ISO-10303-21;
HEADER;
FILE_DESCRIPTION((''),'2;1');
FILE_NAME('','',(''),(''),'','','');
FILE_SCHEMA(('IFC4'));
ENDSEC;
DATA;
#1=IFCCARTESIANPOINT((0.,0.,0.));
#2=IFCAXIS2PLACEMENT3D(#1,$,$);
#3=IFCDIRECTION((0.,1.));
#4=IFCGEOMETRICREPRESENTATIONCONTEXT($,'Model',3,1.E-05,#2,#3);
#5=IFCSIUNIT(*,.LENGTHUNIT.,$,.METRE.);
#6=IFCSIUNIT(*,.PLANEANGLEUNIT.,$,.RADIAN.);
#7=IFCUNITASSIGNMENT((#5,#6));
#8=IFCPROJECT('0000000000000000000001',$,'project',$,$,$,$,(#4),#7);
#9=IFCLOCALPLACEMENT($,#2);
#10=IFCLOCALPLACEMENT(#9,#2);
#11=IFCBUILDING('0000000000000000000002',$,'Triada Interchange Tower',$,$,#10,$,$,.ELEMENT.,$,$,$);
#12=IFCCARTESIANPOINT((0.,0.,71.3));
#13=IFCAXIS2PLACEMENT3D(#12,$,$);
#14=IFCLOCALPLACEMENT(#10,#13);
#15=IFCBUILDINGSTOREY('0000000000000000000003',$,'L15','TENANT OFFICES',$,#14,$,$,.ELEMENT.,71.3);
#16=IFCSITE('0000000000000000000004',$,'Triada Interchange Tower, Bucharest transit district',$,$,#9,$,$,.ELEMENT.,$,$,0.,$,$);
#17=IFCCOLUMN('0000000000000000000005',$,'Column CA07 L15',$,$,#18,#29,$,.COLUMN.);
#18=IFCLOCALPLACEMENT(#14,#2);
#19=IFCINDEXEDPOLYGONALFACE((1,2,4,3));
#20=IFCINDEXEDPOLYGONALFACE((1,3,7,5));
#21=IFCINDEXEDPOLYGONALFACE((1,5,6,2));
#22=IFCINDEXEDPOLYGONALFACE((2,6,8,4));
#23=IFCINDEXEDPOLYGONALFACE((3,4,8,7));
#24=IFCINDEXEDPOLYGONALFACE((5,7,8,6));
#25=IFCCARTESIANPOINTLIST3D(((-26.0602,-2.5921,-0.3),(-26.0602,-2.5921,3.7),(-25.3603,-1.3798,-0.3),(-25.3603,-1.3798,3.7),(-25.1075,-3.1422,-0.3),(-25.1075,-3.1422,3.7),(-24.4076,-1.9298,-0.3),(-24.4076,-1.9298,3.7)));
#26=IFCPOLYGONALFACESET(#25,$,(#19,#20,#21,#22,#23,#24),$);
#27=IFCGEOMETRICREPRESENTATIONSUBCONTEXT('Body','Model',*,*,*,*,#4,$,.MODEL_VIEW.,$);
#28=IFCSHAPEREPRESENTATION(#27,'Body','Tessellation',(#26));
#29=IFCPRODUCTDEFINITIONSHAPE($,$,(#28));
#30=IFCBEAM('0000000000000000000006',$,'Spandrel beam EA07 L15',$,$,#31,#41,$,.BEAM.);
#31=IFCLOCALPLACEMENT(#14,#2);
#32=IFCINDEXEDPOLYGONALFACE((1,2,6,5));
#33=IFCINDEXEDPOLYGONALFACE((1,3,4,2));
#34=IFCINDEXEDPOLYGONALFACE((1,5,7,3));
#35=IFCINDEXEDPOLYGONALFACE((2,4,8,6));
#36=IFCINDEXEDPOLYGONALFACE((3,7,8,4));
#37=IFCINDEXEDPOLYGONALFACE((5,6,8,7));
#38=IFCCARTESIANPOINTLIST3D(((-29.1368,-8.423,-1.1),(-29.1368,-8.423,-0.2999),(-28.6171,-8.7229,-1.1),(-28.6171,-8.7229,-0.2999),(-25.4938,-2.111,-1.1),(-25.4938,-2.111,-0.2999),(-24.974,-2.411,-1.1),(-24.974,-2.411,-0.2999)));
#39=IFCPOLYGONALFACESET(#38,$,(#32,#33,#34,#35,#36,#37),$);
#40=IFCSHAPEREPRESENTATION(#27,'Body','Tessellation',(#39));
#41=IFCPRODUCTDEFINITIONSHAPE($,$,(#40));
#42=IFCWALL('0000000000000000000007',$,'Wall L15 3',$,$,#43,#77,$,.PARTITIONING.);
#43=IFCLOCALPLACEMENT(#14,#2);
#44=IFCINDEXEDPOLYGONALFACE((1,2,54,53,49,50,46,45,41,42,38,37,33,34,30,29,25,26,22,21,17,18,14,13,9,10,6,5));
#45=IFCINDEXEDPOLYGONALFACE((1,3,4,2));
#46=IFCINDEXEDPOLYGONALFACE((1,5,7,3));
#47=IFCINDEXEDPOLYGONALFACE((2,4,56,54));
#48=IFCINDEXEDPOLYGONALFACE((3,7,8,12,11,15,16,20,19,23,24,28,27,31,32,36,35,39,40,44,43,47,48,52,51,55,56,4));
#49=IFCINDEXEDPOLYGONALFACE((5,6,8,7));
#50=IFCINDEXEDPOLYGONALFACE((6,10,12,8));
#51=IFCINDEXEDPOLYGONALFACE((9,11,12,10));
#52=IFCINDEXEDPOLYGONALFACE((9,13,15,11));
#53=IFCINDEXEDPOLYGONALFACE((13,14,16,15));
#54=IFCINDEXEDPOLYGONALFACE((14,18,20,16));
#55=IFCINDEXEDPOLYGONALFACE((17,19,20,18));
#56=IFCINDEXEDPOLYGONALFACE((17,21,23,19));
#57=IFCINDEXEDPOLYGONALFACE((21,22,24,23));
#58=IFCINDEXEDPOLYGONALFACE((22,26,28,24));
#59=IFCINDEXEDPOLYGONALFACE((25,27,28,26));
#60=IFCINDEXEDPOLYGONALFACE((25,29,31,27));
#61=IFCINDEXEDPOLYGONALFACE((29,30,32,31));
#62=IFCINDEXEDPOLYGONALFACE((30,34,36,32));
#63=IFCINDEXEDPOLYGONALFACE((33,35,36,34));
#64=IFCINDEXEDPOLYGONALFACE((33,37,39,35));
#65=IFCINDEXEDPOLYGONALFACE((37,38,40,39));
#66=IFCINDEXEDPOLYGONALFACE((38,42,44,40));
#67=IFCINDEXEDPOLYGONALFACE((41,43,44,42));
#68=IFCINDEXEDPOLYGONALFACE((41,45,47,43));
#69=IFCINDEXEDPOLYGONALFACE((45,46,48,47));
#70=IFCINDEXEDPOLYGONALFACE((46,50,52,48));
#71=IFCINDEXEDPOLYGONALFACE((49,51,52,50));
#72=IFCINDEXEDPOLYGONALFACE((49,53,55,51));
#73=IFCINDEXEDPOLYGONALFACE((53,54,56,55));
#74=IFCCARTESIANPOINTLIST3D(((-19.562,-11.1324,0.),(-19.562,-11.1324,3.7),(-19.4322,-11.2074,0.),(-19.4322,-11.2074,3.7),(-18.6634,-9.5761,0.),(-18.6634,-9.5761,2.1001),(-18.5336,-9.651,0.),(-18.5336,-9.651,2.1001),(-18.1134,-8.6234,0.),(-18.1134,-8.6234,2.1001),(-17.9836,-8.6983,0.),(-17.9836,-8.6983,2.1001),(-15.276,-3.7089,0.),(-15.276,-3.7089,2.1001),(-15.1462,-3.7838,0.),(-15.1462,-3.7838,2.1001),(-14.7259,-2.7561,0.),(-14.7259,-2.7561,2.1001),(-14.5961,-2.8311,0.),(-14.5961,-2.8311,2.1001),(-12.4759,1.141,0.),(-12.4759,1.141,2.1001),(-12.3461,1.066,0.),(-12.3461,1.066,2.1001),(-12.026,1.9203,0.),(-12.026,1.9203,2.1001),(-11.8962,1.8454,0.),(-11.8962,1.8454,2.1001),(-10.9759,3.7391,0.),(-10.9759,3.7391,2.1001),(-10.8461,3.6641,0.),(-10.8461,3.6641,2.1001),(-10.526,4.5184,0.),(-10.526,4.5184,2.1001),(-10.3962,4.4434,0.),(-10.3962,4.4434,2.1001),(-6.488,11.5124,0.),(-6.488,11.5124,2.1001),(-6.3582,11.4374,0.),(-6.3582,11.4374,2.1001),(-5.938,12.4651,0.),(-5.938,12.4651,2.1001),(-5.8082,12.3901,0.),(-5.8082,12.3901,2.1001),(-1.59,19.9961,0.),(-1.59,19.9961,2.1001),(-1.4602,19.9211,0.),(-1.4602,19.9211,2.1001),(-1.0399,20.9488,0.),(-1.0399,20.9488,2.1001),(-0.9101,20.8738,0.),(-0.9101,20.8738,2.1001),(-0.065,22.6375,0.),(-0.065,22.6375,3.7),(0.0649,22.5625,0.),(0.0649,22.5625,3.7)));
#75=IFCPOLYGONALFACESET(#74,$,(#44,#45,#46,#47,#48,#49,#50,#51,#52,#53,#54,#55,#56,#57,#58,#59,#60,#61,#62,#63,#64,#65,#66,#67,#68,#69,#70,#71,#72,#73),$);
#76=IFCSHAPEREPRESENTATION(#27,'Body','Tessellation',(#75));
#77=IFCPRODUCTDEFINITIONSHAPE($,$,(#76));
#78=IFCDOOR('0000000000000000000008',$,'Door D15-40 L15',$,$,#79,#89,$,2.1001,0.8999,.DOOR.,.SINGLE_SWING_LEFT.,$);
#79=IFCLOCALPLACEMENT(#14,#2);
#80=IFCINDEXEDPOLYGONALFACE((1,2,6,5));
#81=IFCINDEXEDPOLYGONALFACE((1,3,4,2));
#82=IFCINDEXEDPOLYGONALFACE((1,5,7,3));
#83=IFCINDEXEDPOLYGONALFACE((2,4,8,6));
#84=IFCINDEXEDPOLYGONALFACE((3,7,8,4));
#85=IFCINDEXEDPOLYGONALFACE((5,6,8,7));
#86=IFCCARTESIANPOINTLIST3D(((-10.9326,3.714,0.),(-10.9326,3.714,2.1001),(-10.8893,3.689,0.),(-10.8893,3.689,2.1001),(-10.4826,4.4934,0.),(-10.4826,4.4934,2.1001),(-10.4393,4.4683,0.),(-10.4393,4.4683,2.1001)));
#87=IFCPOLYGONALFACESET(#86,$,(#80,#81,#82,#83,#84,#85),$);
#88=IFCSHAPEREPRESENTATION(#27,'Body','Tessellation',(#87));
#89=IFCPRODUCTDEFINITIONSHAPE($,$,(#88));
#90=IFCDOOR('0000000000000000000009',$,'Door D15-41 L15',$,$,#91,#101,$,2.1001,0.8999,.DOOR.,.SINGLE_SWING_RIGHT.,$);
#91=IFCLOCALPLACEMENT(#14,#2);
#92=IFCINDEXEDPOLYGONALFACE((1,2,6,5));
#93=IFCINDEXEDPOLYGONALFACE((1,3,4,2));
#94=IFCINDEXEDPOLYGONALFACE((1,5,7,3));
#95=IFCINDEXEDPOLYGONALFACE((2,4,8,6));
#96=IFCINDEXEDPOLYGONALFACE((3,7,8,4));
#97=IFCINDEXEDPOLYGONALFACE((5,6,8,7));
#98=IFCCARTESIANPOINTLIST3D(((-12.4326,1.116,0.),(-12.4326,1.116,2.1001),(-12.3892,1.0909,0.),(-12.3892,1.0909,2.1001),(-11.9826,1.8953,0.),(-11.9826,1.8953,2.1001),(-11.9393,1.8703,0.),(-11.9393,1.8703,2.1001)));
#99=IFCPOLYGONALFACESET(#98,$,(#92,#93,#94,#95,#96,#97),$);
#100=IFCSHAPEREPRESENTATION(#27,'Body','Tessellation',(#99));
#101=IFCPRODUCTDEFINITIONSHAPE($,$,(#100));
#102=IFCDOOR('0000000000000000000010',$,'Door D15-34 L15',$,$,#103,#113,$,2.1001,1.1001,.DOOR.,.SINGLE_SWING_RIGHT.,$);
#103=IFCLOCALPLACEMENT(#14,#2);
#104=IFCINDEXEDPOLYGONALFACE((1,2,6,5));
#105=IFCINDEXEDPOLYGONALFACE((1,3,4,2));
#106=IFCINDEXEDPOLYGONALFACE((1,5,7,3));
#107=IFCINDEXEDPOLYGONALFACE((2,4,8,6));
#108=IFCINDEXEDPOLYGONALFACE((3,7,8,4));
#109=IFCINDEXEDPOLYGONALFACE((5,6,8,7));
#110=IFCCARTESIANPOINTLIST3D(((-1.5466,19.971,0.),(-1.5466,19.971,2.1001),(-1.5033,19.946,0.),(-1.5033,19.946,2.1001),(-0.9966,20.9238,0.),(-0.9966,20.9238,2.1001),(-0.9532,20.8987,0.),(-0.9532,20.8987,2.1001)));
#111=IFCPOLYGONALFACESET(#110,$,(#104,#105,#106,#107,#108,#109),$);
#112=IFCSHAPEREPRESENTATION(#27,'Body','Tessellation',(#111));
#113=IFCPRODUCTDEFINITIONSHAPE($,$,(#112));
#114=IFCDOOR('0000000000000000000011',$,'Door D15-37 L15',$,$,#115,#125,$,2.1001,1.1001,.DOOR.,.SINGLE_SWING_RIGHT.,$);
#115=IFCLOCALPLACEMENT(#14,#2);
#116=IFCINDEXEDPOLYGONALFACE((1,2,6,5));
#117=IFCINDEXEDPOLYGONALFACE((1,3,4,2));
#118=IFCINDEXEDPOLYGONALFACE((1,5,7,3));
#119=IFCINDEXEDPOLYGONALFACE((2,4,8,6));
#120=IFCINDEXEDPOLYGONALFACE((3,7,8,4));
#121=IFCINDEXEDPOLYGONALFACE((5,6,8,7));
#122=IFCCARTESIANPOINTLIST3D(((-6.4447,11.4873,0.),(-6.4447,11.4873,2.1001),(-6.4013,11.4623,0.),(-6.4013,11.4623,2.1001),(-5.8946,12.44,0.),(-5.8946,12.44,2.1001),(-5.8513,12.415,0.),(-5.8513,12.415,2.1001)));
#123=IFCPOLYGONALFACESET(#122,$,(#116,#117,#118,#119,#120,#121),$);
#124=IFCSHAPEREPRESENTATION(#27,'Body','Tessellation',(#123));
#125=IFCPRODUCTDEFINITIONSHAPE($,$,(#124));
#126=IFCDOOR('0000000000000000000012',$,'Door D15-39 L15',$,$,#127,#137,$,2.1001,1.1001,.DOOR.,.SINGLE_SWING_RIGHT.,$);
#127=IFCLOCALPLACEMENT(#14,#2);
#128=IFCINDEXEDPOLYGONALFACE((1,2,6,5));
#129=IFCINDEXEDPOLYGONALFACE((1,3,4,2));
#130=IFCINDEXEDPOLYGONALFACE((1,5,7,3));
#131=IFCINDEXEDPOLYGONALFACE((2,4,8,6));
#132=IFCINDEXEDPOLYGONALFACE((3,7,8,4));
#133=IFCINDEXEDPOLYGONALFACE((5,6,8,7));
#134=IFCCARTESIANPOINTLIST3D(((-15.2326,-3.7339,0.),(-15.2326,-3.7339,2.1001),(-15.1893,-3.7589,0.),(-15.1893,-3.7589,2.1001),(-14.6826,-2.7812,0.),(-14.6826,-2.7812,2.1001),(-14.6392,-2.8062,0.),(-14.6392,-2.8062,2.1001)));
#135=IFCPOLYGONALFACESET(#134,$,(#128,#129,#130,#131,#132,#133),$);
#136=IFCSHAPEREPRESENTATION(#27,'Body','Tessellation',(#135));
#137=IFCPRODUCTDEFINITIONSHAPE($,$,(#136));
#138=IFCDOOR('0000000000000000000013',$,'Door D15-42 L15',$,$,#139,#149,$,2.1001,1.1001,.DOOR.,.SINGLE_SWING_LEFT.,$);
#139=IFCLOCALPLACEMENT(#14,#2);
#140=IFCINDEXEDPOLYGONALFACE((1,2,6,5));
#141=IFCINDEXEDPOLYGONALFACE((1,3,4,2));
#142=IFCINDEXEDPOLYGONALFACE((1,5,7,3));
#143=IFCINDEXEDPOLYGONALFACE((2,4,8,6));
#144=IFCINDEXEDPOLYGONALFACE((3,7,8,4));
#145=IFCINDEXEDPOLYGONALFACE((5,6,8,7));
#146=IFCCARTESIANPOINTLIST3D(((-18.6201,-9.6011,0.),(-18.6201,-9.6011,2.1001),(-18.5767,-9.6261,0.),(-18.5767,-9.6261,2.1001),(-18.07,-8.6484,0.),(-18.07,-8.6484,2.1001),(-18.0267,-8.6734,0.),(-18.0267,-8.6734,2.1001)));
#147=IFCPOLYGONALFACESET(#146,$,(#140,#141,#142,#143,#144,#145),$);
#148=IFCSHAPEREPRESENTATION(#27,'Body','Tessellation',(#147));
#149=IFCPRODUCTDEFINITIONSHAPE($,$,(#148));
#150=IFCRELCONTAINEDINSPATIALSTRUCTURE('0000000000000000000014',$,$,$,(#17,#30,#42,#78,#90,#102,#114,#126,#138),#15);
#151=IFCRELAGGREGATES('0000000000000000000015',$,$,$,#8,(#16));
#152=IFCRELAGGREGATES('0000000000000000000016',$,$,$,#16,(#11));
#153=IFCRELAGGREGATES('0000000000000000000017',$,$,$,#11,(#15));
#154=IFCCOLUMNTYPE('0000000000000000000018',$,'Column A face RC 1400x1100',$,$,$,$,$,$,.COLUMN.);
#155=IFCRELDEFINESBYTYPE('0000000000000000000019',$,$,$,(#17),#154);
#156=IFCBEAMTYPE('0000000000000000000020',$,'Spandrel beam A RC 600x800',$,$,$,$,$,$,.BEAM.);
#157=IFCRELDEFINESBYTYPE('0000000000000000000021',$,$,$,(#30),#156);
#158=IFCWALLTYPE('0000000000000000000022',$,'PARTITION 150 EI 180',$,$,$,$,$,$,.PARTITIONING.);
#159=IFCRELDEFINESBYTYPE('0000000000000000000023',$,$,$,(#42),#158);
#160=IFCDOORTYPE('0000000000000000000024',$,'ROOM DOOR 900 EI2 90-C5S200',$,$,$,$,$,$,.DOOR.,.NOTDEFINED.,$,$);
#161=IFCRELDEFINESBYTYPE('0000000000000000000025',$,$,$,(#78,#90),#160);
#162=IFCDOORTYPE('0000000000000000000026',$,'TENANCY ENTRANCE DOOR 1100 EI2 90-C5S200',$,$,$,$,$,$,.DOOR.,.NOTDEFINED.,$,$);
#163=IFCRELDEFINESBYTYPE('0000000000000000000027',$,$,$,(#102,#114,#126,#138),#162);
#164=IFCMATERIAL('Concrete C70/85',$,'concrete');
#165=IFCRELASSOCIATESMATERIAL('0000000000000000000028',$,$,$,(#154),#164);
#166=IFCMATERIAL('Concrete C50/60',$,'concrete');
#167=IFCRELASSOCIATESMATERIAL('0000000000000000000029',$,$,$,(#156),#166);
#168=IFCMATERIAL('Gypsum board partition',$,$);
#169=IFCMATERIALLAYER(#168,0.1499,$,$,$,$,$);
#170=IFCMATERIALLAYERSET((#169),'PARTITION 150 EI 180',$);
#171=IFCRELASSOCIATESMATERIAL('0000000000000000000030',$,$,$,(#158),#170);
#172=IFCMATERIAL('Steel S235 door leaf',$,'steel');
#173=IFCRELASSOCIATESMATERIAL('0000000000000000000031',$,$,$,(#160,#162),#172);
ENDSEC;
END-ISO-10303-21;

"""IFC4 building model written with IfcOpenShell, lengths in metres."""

from ifc_helpers import new_model, si_unit, direction, frame, frame_2d, origin, origin_2d, place, context, subcontext, project, spatial, rectangle, extrude, material, layer, layer_set, material_profile, profile_set, type_object, element, fill, save


model = new_model("IFC4")

# Units and contexts
model_context = context("Model", 3, precision=1e-05, world=origin(), true_north=direction((0.0, 1.0)))
body_context = subcontext(model_context, "Body", "Model", "MODEL_VIEW")
ifc_project = project(units=[si_unit("LENGTHUNIT", "METRE"), si_unit("PLANEANGLEUNIT", "RADIAN")], contexts=[model_context])

# Site, building, storey
site_placement = place(None, origin())
site = spatial("IfcSite", under=ifc_project, at=site_placement, Name="Triada Interchange Tower, Bucharest transit district", CompositionType="ELEMENT", RefElevation=0.0)
building_placement = place(site_placement, origin())
building = spatial("IfcBuilding", under=site, at=building_placement, Name="Triada Interchange Tower", CompositionType="ELEMENT")
storey_placement = place(building_placement, frame((0.0, 0.0, 71.3)))
storey = spatial("IfcBuildingStorey", under=building, at=storey_placement, Name="L15", Description="TENANT OFFICES", CompositionType="ELEMENT", Elevation=71.3)

# Column
ifc_material_1 = material(Name="Concrete C70/85", Category="concrete")
ifc_material_profile_1 = material_profile(ifc_material_1, rectangle(XDim=1.3999, YDim=1.1001, at=origin_2d()), Name="RC 1400x1100")
ifc_profile_set_1 = profile_set([ifc_material_profile_1], Name="Concrete C70/85")
column_type = type_object("IfcColumnType", Name="Column A face RC 1400x1100", PredefinedType="COLUMN", material=ifc_profile_set_1)
column_placement = place(storey_placement, frame((-25.2339, -2.261, -0.3), z_axis=(0.0, 0.0, 1.0), x_axis=(0.5, 0.866025, 0.0)))
element("IfcColumn", 1, at=column_placement, inside=storey, type_object=column_type, Name="Column CA07 L15", PredefinedType="COLUMN", context=body_context, shape_type="SweptSolid", body=[
    extrude(rectangle(XDim=1.3999, YDim=1.1001, at=origin_2d()), origin(), (0.0, 0.0, 1.0), 4.0),
])

# Beam
ifc_material_2 = material(Name="Concrete C50/60", Category="concrete")
ifc_material_profile_2 = material_profile(ifc_material_2, rectangle(XDim=0.6001, YDim=0.8, at=origin_2d()), Name="RC 600x800")
ifc_profile_set_2 = profile_set([ifc_material_profile_2], Name="Concrete C50/60")
beam_type = type_object("IfcBeamType", Name="Spandrel beam A RC 600x800", PredefinedType="BEAM", material=ifc_profile_set_2)
beam_placement = place(storey_placement, frame((-25.2339, -2.261, -0.7), z_axis=(-0.499879, -0.866095, 0.0), x_axis=(0.866095, -0.499879, 0.0)))
element("IfcBeam", 2, at=beam_placement, inside=storey, type_object=beam_type, Name="Spandrel beam EA07 L15", PredefinedType="BEAM", context=body_context, shape_type="SweptSolid", body=[
    extrude(rectangle(XDim=0.6001, YDim=0.8, at=origin_2d()), origin(), (0.0, 0.0, 1.0), 7.2878),
])

# Wall, openings, doors
ifc_material_3 = material(Name="Gypsum board partition")
ifc_layer_1 = layer(ifc_material_3, 0.1499)
ifc_layer_set_1 = layer_set([ifc_layer_1], Name="PARTITION 150 EI 180")
wall_type_1 = type_object("IfcWallType", Name="PARTITION 150 EI 180", PredefinedType="PARTITIONING", material=ifc_layer_set_1)
wall_1_placement = place(storey_placement, frame((-19.4971, -11.1699, 0.0), z_axis=(0.0, 0.0, 1.0), x_axis=(0.499999, 0.866026, 0.0)))
wall_1 = element("IfcWall", 3, at=wall_1_placement, inside=storey, type_object=wall_type_1, Name="Wall L15 3", PredefinedType="PARTITIONING", context=body_context, shape_type="SweptSolid", body=[
    extrude(rectangle(XDim=38.9941, YDim=0.1499, at=frame_2d((19.4971, 0.0))), origin(), (0.0, 0.0, 1.0), 3.7),
])
opening_1_placement = place(wall_1_placement, frame((35.9441, 0.0, 0.0)))
opening_1 = element("IfcOpeningElement", 4, at=opening_1_placement, cuts=wall_1, PredefinedType="OPENING", context=body_context, shape_type="SweptSolid", body=[
    extrude(rectangle(XDim=1.1001, YDim=2.1001, at=frame_2d((0.55, 1.05))), frame((0.0, 0.085, 0.0), z_axis=(0.0, -1.0, 0.0), x_axis=(1.0, 0.0, 0.0)), (0.0, 0.0, 1.0), 0.1699),
])
opening_2_placement = place(wall_1_placement, frame((26.1479, 0.0, 0.0)))
opening_2 = element("IfcOpeningElement", 5, at=opening_2_placement, cuts=wall_1, PredefinedType="OPENING", context=body_context, shape_type="SweptSolid", body=[
    extrude(rectangle(XDim=1.1001, YDim=2.1001, at=frame_2d((0.55, 1.05))), frame((0.0, 0.085, 0.0), z_axis=(0.0, -1.0, 0.0), x_axis=(1.0, 0.0, 0.0)), (0.0, 0.0, 1.0), 0.1699),
])
opening_3_placement = place(wall_1_placement, frame((8.572, 0.0, 0.0)))
opening_3 = element("IfcOpeningElement", 6, at=opening_3_placement, cuts=wall_1, PredefinedType="OPENING", context=body_context, shape_type="SweptSolid", body=[
    extrude(rectangle(XDim=1.1001, YDim=2.1001, at=frame_2d((0.55, 1.05))), frame((0.0, 0.085, 0.0), z_axis=(0.0, -1.0, 0.0), x_axis=(1.0, 0.0, 0.0)), (0.0, 0.0, 1.0), 0.1699),
])
opening_4_placement = place(wall_1_placement, frame((17.1721, 0.0, 0.0)))
opening_4 = element("IfcOpeningElement", 7, at=opening_4_placement, cuts=wall_1, PredefinedType="OPENING", context=body_context, shape_type="SweptSolid", body=[
    extrude(rectangle(XDim=0.8999, YDim=2.1001, at=frame_2d((0.45, 1.05))), frame((0.0, 0.085, 0.0), z_axis=(0.0, -1.0, 0.0), x_axis=(1.0, 0.0, 0.0)), (0.0, 0.0, 1.0), 0.1699),
])
opening_5_placement = place(wall_1_placement, frame((14.1721, 0.0, 0.0)))
opening_5 = element("IfcOpeningElement", 8, at=opening_5_placement, cuts=wall_1, PredefinedType="OPENING", context=body_context, shape_type="SweptSolid", body=[
    extrude(rectangle(XDim=0.8999, YDim=2.1001, at=frame_2d((0.45, 1.05))), frame((0.0, 0.085, 0.0), z_axis=(0.0, -1.0, 0.0), x_axis=(1.0, 0.0, 0.0)), (0.0, 0.0, 1.0), 0.1699),
])
opening_6_placement = place(wall_1_placement, frame((1.7971, 0.0, 0.0)))
opening_6 = element("IfcOpeningElement", 9, at=opening_6_placement, cuts=wall_1, PredefinedType="OPENING", context=body_context, shape_type="SweptSolid", body=[
    extrude(rectangle(XDim=1.1001, YDim=2.1001, at=frame_2d((0.55, 1.05))), frame((0.0, 0.085, 0.0), z_axis=(0.0, -1.0, 0.0), x_axis=(1.0, 0.0, 0.0)), (0.0, 0.0, 1.0), 0.1699),
])
ifc_material_4 = material(Name="Steel S235 door leaf", Category="steel")
door_type_1 = type_object("IfcDoorType", Name="ROOM DOOR 900 EI2 90-C5S200", OperationType="NOTDEFINED", PredefinedType="DOOR", material=ifc_material_4)
door_1_placement = place(opening_4_placement, origin())
door_1 = element("IfcDoor", 10, at=door_1_placement, inside=storey, type_object=door_type_1, Name="Door D15-40 L15", OperationType="SINGLE_SWING_LEFT", OverallHeight=2.1001, OverallWidth=0.8999, PredefinedType="DOOR", context=body_context, shape_type="SweptSolid", body=[
    extrude(rectangle(XDim=0.8999, YDim=2.1001, at=frame_2d((0.45, 1.05))), frame((0.0, 0.0249, 0.0), z_axis=(0.0, -1.0, 0.0), x_axis=(1.0, 0.0, 0.0)), (0.0, 0.0, 1.0), 0.05),
])
fill(opening_4, door_1)
door_2_placement = place(opening_5_placement, origin())
door_2 = element("IfcDoor", 11, at=door_2_placement, inside=storey, type_object=door_type_1, Name="Door D15-41 L15", OperationType="SINGLE_SWING_RIGHT", OverallHeight=2.1001, OverallWidth=0.8999, PredefinedType="DOOR", context=body_context, shape_type="SweptSolid", body=[
    extrude(rectangle(XDim=0.8999, YDim=2.1001, at=frame_2d((0.45, 1.05))), frame((0.0, 0.0249, 0.0), z_axis=(0.0, -1.0, 0.0), x_axis=(1.0, 0.0, 0.0)), (0.0, 0.0, 1.0), 0.05),
])
fill(opening_5, door_2)
door_type_2 = type_object("IfcDoorType", Name="TENANCY ENTRANCE DOOR 1100 EI2 90-C5S200", OperationType="NOTDEFINED", PredefinedType="DOOR", material=ifc_material_4)
door_3_placement = place(opening_1_placement, origin())
door_3 = element("IfcDoor", 12, at=door_3_placement, inside=storey, type_object=door_type_2, Name="Door D15-34 L15", OperationType="SINGLE_SWING_RIGHT", OverallHeight=2.1001, OverallWidth=1.1001, PredefinedType="DOOR", context=body_context, shape_type="SweptSolid", body=[
    extrude(rectangle(XDim=1.1001, YDim=2.1001, at=frame_2d((0.55, 1.05))), frame((0.0, 0.0249, 0.0), z_axis=(0.0, -1.0, 0.0), x_axis=(1.0, 0.0, 0.0)), (0.0, 0.0, 1.0), 0.05),
])
fill(opening_1, door_3)
door_4_placement = place(opening_2_placement, origin())
door_4 = element("IfcDoor", 13, at=door_4_placement, inside=storey, type_object=door_type_2, Name="Door D15-37 L15", OperationType="SINGLE_SWING_RIGHT", OverallHeight=2.1001, OverallWidth=1.1001, PredefinedType="DOOR", context=body_context, shape_type="SweptSolid", body=[
    extrude(rectangle(XDim=1.1001, YDim=2.1001, at=frame_2d((0.55, 1.05))), frame((0.0, 0.0249, 0.0), z_axis=(0.0, -1.0, 0.0), x_axis=(1.0, 0.0, 0.0)), (0.0, 0.0, 1.0), 0.05),
])
fill(opening_2, door_4)
door_5_placement = place(opening_3_placement, origin())
door_5 = element("IfcDoor", 14, at=door_5_placement, inside=storey, type_object=door_type_2, Name="Door D15-39 L15", OperationType="SINGLE_SWING_RIGHT", OverallHeight=2.1001, OverallWidth=1.1001, PredefinedType="DOOR", context=body_context, shape_type="SweptSolid", body=[
    extrude(rectangle(XDim=1.1001, YDim=2.1001, at=frame_2d((0.55, 1.05))), frame((0.0, 0.0249, 0.0), z_axis=(0.0, -1.0, 0.0), x_axis=(1.0, 0.0, 0.0)), (0.0, 0.0, 1.0), 0.05),
])
fill(opening_3, door_5)
door_6_placement = place(opening_6_placement, origin())
door_6 = element("IfcDoor", 15, at=door_6_placement, inside=storey, type_object=door_type_2, Name="Door D15-42 L15", OperationType="SINGLE_SWING_LEFT", OverallHeight=2.1001, OverallWidth=1.1001, PredefinedType="DOOR", context=body_context, shape_type="SweptSolid", body=[
    extrude(rectangle(XDim=1.1001, YDim=2.1001, at=frame_2d((0.55, 1.05))), frame((0.0, 0.0249, 0.0), z_axis=(0.0, -1.0, 0.0), x_axis=(1.0, 0.0, 0.0)), (0.0, 0.0, 1.0), 0.05),
])
fill(opening_6, door_6)

save(model, "model.ifc")
